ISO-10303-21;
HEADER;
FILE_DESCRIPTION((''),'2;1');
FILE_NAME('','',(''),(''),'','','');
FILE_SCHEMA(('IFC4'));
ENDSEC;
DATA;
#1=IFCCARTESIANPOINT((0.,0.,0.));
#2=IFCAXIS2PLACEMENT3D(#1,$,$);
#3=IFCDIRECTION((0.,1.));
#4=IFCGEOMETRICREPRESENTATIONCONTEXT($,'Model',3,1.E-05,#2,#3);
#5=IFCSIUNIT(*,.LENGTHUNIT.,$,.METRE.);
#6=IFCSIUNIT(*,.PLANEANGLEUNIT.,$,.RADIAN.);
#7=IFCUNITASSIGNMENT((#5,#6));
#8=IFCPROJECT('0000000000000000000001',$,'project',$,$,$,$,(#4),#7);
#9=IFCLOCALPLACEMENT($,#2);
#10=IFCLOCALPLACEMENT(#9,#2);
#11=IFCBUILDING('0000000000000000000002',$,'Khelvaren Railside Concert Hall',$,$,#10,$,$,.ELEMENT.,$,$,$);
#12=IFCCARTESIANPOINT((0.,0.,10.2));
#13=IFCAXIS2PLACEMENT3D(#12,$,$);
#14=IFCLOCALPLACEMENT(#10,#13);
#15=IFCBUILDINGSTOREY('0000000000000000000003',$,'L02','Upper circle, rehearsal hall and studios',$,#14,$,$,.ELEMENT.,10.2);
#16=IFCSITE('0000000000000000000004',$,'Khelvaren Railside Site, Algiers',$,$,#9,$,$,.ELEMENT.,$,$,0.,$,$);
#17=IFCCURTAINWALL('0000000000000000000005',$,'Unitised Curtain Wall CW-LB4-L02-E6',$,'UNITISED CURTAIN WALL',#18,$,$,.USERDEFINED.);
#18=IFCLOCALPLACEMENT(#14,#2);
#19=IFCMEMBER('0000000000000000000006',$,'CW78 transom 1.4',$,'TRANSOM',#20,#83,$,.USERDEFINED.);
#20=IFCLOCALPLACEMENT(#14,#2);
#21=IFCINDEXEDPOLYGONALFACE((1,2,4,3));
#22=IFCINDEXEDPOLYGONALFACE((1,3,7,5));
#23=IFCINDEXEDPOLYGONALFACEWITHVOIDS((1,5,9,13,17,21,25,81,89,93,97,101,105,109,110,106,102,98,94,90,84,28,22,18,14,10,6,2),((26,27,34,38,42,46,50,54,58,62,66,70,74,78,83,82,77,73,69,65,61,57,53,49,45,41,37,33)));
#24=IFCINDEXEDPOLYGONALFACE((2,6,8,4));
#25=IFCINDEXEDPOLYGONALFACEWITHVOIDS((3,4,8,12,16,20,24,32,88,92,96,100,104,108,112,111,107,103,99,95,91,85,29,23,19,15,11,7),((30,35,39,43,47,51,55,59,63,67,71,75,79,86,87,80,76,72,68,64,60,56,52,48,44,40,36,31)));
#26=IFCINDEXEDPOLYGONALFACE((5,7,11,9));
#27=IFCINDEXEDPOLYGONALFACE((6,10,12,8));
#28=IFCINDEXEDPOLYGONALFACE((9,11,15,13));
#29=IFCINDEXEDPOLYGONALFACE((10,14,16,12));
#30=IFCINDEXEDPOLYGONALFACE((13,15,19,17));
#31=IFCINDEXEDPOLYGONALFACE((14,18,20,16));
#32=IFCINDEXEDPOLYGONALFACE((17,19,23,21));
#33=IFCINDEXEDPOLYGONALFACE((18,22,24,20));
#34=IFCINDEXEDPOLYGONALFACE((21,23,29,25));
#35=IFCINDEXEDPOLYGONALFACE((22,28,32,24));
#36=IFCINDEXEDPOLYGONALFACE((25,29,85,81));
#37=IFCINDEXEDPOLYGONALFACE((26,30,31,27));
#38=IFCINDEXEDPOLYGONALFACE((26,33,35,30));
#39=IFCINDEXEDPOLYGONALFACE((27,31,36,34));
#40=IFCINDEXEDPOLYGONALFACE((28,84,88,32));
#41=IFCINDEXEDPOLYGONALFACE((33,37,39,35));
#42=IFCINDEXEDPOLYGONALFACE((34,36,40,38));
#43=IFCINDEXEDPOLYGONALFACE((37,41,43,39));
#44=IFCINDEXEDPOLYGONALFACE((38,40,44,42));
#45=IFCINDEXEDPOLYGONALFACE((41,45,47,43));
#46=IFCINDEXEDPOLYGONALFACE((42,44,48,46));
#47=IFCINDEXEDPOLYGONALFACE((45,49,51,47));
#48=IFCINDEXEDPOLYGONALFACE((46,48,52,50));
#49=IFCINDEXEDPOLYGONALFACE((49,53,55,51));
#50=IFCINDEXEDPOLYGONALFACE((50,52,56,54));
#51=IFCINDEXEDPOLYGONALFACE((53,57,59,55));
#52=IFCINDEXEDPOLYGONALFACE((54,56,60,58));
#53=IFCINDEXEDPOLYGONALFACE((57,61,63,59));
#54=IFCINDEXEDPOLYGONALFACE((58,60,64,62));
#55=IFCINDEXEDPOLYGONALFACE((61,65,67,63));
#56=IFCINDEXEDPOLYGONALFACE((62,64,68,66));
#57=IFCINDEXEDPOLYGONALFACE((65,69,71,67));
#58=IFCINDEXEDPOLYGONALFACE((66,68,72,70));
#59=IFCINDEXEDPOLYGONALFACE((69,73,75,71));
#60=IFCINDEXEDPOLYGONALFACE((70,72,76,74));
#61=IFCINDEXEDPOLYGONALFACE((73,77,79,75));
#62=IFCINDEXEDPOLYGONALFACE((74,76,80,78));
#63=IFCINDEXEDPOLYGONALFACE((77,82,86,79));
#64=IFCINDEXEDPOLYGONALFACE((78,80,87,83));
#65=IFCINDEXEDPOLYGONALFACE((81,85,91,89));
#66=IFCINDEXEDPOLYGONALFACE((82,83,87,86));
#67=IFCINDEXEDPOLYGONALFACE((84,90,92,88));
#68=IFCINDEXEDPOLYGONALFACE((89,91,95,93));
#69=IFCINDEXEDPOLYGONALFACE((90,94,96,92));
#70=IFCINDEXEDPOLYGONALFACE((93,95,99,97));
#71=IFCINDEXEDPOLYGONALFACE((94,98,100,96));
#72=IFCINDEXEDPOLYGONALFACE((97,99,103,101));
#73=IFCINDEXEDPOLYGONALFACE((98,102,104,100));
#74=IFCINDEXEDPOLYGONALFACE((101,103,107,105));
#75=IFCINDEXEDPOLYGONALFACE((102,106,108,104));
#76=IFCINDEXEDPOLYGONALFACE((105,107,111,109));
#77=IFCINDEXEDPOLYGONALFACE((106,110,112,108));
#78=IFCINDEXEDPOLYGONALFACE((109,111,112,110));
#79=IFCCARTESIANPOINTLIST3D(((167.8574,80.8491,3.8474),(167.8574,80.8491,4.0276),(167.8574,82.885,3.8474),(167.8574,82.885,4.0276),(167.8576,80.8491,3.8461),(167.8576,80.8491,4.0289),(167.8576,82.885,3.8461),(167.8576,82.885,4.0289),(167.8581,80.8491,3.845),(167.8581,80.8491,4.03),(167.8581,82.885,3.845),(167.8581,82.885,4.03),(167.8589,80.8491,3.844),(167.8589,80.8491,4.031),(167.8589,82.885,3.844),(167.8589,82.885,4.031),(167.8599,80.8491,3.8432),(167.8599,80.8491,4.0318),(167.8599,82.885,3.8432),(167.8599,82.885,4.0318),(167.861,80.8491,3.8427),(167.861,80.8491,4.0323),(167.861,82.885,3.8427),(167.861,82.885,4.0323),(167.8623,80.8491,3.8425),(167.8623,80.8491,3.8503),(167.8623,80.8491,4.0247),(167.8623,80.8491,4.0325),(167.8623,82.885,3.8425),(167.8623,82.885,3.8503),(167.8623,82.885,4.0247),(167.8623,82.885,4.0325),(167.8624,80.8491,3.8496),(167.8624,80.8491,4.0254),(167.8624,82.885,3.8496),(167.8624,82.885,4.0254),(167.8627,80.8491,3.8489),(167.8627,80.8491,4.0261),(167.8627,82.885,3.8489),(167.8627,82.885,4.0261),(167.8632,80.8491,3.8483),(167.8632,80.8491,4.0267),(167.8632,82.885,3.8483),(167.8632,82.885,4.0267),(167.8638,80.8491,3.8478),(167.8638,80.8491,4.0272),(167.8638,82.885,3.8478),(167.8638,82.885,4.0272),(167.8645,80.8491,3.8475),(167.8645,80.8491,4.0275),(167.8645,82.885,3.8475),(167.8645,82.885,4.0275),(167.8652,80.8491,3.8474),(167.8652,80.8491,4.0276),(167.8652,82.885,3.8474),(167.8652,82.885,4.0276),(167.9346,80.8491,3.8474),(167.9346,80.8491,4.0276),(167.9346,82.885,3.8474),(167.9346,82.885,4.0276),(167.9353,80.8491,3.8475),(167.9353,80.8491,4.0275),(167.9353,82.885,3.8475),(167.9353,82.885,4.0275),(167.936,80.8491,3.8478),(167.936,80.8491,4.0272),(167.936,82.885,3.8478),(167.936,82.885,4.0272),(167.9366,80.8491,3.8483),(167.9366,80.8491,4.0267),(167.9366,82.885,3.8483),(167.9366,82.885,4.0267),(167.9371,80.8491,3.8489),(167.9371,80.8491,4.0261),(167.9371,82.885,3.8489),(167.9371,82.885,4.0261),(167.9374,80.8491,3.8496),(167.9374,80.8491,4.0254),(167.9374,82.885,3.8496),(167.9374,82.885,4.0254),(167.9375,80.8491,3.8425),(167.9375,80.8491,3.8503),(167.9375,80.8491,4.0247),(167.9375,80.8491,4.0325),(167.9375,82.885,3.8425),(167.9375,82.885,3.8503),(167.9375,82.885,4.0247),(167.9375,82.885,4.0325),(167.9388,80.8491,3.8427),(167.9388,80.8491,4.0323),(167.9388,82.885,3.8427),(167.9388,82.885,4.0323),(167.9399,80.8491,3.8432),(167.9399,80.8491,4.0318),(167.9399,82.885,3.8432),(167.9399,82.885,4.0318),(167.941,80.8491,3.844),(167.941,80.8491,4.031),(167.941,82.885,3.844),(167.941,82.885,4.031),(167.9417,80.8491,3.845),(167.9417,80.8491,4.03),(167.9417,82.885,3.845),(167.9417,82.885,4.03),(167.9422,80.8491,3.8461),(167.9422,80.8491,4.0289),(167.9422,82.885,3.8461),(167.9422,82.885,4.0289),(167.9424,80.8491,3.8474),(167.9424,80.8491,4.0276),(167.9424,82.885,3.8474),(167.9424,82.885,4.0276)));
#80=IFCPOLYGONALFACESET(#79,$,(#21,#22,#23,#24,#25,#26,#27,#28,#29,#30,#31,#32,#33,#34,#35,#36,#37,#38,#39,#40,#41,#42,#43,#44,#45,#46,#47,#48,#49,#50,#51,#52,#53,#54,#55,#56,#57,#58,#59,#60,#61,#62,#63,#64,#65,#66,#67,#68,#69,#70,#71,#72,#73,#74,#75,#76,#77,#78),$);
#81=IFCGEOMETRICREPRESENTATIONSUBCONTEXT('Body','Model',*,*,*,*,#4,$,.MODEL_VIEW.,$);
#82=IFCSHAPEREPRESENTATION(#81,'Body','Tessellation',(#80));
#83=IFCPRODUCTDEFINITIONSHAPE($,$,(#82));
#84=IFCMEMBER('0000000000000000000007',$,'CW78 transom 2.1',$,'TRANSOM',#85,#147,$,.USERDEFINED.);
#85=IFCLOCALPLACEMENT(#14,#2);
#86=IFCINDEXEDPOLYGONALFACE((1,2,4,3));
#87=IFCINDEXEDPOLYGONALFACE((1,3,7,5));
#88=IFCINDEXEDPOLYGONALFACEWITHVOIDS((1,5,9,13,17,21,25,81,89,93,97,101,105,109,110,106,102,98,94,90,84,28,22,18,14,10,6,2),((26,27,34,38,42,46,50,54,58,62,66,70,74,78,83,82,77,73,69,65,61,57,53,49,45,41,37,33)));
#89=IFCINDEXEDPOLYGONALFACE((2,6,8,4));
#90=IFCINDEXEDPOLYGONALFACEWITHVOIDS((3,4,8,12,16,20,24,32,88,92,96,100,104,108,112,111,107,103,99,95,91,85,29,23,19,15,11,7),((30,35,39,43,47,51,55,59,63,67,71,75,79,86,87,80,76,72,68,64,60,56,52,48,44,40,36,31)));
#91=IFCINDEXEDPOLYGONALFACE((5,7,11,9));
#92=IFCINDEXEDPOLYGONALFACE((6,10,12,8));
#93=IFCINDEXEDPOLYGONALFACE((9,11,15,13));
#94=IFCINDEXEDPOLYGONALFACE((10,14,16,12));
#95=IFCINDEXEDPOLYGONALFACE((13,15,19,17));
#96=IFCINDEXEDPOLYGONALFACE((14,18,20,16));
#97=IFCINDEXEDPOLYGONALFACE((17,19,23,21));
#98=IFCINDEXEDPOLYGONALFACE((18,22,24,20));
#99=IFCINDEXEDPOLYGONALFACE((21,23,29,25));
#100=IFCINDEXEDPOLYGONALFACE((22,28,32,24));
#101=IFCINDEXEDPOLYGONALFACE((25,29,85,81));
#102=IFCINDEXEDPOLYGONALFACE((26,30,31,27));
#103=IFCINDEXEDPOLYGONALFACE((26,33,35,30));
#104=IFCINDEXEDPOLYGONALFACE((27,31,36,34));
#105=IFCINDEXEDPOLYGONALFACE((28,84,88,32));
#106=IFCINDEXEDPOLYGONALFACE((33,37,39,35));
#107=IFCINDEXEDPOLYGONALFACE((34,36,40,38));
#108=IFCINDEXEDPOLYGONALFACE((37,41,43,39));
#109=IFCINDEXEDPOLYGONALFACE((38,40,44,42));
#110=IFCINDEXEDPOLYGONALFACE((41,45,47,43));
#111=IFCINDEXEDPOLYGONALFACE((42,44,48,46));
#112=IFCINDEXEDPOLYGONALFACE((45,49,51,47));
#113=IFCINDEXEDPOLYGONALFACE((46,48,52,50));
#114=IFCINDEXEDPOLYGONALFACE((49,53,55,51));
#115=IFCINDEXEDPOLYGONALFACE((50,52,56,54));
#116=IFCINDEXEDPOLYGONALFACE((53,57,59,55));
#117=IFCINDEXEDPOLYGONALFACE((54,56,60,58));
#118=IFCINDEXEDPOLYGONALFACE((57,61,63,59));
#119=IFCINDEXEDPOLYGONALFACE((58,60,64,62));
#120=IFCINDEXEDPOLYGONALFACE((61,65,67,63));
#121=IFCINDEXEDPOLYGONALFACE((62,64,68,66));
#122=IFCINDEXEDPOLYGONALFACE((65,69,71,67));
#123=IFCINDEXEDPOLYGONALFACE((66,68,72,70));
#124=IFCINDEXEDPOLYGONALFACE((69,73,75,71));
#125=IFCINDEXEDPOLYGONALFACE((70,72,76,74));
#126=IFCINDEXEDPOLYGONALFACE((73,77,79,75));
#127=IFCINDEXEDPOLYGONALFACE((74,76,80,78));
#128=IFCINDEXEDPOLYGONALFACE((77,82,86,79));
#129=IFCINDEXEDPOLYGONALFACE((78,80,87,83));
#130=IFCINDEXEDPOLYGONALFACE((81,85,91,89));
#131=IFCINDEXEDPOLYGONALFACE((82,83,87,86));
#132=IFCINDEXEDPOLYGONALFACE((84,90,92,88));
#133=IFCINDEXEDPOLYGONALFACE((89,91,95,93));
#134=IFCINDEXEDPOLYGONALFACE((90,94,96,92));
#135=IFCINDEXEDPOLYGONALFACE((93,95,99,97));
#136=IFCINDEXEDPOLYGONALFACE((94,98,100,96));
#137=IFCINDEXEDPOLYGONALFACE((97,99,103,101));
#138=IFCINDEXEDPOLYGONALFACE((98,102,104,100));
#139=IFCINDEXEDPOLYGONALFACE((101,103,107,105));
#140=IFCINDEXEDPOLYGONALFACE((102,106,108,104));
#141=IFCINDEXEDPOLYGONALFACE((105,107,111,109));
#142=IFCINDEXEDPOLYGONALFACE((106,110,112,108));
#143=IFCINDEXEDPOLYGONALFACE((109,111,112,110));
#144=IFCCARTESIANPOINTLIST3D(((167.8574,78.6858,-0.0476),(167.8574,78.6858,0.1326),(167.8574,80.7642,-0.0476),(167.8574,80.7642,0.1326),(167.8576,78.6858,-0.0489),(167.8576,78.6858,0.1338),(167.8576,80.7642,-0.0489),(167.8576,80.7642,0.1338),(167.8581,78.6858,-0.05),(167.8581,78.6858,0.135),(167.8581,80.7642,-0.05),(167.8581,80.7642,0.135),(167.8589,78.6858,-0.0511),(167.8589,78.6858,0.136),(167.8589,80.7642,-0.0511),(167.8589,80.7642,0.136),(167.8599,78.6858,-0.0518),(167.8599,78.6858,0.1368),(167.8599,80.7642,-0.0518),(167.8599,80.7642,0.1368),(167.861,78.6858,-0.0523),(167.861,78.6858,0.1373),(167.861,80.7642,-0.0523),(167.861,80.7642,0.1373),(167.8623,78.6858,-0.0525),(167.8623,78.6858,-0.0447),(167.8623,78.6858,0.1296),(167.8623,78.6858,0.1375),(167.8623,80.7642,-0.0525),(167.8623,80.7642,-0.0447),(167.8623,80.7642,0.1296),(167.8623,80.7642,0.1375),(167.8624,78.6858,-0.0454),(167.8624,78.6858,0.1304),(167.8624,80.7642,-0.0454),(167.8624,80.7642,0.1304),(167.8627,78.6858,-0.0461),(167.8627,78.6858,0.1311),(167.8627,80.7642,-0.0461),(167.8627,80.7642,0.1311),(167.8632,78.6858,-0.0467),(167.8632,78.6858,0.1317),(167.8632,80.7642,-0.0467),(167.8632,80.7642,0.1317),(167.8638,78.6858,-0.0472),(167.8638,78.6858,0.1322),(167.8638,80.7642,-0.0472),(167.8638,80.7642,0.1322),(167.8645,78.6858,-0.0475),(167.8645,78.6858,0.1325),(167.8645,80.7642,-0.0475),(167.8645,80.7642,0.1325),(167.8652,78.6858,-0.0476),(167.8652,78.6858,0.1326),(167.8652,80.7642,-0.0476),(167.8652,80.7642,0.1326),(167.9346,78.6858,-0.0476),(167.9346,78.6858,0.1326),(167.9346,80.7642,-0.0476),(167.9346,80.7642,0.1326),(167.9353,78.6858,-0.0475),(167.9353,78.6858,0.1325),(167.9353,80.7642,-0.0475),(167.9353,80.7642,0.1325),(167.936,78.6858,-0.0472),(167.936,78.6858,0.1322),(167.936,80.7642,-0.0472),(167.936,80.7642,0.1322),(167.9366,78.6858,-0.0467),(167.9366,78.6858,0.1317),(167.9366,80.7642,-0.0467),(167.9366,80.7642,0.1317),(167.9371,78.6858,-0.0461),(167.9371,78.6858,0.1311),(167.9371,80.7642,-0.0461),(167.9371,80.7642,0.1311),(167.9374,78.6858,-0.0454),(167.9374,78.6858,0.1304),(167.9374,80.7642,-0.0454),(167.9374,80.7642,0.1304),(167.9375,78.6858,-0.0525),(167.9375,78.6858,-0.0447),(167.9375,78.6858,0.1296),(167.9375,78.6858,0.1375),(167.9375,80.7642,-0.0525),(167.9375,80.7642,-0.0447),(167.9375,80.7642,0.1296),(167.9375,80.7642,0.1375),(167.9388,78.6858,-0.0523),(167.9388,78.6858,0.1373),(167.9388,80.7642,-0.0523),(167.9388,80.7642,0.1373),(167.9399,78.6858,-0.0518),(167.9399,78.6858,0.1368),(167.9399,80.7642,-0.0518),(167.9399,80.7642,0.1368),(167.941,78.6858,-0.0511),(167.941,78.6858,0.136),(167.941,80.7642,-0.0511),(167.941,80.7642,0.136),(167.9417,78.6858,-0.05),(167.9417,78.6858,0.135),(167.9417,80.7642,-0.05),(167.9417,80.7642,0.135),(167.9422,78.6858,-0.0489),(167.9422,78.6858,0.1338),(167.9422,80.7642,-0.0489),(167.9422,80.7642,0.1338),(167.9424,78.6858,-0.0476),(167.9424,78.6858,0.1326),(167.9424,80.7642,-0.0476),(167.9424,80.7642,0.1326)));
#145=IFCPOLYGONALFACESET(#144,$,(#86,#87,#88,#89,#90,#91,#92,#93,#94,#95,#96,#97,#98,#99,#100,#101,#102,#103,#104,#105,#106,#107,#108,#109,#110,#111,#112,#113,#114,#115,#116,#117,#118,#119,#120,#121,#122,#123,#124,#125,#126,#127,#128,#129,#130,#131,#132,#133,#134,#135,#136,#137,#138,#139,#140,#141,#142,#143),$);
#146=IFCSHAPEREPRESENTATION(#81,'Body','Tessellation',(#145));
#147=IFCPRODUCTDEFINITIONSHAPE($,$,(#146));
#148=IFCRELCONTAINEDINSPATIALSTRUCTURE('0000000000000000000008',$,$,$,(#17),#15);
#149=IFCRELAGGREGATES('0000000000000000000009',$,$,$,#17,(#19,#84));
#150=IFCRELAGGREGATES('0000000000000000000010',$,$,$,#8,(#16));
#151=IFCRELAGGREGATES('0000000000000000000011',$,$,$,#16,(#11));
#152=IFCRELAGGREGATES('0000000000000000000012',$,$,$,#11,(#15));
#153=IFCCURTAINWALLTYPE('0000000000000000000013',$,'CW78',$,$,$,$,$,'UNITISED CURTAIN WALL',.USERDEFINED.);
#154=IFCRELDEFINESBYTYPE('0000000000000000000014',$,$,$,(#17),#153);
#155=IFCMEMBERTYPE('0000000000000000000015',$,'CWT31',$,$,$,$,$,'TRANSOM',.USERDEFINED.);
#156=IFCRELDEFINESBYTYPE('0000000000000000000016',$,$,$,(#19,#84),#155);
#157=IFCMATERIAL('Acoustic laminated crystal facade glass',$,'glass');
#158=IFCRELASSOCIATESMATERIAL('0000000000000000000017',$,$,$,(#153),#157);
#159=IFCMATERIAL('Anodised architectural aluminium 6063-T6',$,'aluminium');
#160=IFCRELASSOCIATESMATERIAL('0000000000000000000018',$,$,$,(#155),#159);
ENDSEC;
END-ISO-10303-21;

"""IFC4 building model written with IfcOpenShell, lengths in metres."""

from ifc_helpers import new_model, si_unit, direction, frame, origin, origin_2d, place, context, subcontext, project, spatial, hollow_rectangle, extrude, material, material_profile, profile_set, type_object, element, aggregate, save


model = new_model("IFC4")

# Units and contexts
model_context = context("Model", 3, precision=1e-05, world=origin(), true_north=direction((0.0, 1.0)))
body_context = subcontext(model_context, "Body", "Model", "MODEL_VIEW")
ifc_project = project(units=[si_unit("LENGTHUNIT", "METRE"), si_unit("PLANEANGLEUNIT", "RADIAN")], contexts=[model_context])

# Site, building, storey
site_placement = place(None, origin())
site = spatial("IfcSite", under=ifc_project, at=site_placement, Name="Khelvaren Railside Site, Algiers", CompositionType="ELEMENT", RefElevation=0.0)
building_placement = place(site_placement, origin())
building = spatial("IfcBuilding", under=site, at=building_placement, Name="Khelvaren Railside Concert Hall", CompositionType="ELEMENT")
storey_placement = place(building_placement, frame((0.0, 0.0, 10.2)))
storey = spatial("IfcBuildingStorey", under=building, at=storey_placement, Name="L02", Description="Upper circle, rehearsal hall and studios", CompositionType="ELEMENT", Elevation=10.2)

# Curtain wall, members
ifc_material_1 = material(Name="Acoustic laminated crystal facade glass", Category="glass")
curtain_wall_type = type_object("IfcCurtainWallType", Name="CW78", ElementType="UNITISED CURTAIN WALL", PredefinedType="USERDEFINED", material=ifc_material_1)
curtain_wall_placement = place(storey_placement, origin())
curtain_wall = element("IfcCurtainWall", 1, at=curtain_wall_placement, inside=storey, type_object=curtain_wall_type, Name="Unitised Curtain Wall CW-LB4-L02-E6", ObjectType="UNITISED CURTAIN WALL", PredefinedType="USERDEFINED")
ifc_material_2 = material(Name="Anodised architectural aluminium 6063-T6", Category="aluminium")
ifc_material_profile_1 = material_profile(ifc_material_2, hollow_rectangle(XDim=0.085, YDim=0.1899, WallThickness=0.0049, InnerFilletRadius=0.0029, OuterFilletRadius=0.0049, at=origin_2d()), Name="CWT 85x190x5")
ifc_profile_set_1 = profile_set([ifc_material_profile_1], Name="Anodised architectural aluminium 6063-T6")
member_type_1 = type_object("IfcMemberType", Name="CWT31", ElementType="TRANSOM", PredefinedType="USERDEFINED", material=ifc_profile_set_1)
member_1_placement = place(storey_placement, frame((167.8999, 82.885, 3.9375), z_axis=(0.0, -1.0, 0.0), x_axis=(1.0, 0.0, 0.0)))
member_1 = element("IfcMember", 2, at=member_1_placement, type_object=member_type_1, Name="CW78 transom 1.4", ObjectType="TRANSOM", PredefinedType="USERDEFINED", context=body_context, shape_type="SweptSolid", body=[
    extrude(hollow_rectangle(XDim=0.085, YDim=0.1899, WallThickness=0.0049, InnerFilletRadius=0.0029, OuterFilletRadius=0.0049, at=origin_2d()), origin(), (0.0, 0.0, 1.0), 2.0359),
])
member_2_placement = place(storey_placement, frame((167.8999, 80.7642, 0.0425), z_axis=(0.0, -1.0, 0.0), x_axis=(1.0, 0.0, 0.0)))
member_2 = element("IfcMember", 3, at=member_2_placement, type_object=member_type_1, Name="CW78 transom 2.1", ObjectType="TRANSOM", PredefinedType="USERDEFINED", context=body_context, shape_type="SweptSolid", body=[
    extrude(hollow_rectangle(XDim=0.085, YDim=0.1899, WallThickness=0.0049, InnerFilletRadius=0.0029, OuterFilletRadius=0.0049, at=origin_2d()), origin(), (0.0, 0.0, 1.0), 2.0784),
])

aggregate(curtain_wall, [member_1, member_2])

save(model, "model.ifc")
